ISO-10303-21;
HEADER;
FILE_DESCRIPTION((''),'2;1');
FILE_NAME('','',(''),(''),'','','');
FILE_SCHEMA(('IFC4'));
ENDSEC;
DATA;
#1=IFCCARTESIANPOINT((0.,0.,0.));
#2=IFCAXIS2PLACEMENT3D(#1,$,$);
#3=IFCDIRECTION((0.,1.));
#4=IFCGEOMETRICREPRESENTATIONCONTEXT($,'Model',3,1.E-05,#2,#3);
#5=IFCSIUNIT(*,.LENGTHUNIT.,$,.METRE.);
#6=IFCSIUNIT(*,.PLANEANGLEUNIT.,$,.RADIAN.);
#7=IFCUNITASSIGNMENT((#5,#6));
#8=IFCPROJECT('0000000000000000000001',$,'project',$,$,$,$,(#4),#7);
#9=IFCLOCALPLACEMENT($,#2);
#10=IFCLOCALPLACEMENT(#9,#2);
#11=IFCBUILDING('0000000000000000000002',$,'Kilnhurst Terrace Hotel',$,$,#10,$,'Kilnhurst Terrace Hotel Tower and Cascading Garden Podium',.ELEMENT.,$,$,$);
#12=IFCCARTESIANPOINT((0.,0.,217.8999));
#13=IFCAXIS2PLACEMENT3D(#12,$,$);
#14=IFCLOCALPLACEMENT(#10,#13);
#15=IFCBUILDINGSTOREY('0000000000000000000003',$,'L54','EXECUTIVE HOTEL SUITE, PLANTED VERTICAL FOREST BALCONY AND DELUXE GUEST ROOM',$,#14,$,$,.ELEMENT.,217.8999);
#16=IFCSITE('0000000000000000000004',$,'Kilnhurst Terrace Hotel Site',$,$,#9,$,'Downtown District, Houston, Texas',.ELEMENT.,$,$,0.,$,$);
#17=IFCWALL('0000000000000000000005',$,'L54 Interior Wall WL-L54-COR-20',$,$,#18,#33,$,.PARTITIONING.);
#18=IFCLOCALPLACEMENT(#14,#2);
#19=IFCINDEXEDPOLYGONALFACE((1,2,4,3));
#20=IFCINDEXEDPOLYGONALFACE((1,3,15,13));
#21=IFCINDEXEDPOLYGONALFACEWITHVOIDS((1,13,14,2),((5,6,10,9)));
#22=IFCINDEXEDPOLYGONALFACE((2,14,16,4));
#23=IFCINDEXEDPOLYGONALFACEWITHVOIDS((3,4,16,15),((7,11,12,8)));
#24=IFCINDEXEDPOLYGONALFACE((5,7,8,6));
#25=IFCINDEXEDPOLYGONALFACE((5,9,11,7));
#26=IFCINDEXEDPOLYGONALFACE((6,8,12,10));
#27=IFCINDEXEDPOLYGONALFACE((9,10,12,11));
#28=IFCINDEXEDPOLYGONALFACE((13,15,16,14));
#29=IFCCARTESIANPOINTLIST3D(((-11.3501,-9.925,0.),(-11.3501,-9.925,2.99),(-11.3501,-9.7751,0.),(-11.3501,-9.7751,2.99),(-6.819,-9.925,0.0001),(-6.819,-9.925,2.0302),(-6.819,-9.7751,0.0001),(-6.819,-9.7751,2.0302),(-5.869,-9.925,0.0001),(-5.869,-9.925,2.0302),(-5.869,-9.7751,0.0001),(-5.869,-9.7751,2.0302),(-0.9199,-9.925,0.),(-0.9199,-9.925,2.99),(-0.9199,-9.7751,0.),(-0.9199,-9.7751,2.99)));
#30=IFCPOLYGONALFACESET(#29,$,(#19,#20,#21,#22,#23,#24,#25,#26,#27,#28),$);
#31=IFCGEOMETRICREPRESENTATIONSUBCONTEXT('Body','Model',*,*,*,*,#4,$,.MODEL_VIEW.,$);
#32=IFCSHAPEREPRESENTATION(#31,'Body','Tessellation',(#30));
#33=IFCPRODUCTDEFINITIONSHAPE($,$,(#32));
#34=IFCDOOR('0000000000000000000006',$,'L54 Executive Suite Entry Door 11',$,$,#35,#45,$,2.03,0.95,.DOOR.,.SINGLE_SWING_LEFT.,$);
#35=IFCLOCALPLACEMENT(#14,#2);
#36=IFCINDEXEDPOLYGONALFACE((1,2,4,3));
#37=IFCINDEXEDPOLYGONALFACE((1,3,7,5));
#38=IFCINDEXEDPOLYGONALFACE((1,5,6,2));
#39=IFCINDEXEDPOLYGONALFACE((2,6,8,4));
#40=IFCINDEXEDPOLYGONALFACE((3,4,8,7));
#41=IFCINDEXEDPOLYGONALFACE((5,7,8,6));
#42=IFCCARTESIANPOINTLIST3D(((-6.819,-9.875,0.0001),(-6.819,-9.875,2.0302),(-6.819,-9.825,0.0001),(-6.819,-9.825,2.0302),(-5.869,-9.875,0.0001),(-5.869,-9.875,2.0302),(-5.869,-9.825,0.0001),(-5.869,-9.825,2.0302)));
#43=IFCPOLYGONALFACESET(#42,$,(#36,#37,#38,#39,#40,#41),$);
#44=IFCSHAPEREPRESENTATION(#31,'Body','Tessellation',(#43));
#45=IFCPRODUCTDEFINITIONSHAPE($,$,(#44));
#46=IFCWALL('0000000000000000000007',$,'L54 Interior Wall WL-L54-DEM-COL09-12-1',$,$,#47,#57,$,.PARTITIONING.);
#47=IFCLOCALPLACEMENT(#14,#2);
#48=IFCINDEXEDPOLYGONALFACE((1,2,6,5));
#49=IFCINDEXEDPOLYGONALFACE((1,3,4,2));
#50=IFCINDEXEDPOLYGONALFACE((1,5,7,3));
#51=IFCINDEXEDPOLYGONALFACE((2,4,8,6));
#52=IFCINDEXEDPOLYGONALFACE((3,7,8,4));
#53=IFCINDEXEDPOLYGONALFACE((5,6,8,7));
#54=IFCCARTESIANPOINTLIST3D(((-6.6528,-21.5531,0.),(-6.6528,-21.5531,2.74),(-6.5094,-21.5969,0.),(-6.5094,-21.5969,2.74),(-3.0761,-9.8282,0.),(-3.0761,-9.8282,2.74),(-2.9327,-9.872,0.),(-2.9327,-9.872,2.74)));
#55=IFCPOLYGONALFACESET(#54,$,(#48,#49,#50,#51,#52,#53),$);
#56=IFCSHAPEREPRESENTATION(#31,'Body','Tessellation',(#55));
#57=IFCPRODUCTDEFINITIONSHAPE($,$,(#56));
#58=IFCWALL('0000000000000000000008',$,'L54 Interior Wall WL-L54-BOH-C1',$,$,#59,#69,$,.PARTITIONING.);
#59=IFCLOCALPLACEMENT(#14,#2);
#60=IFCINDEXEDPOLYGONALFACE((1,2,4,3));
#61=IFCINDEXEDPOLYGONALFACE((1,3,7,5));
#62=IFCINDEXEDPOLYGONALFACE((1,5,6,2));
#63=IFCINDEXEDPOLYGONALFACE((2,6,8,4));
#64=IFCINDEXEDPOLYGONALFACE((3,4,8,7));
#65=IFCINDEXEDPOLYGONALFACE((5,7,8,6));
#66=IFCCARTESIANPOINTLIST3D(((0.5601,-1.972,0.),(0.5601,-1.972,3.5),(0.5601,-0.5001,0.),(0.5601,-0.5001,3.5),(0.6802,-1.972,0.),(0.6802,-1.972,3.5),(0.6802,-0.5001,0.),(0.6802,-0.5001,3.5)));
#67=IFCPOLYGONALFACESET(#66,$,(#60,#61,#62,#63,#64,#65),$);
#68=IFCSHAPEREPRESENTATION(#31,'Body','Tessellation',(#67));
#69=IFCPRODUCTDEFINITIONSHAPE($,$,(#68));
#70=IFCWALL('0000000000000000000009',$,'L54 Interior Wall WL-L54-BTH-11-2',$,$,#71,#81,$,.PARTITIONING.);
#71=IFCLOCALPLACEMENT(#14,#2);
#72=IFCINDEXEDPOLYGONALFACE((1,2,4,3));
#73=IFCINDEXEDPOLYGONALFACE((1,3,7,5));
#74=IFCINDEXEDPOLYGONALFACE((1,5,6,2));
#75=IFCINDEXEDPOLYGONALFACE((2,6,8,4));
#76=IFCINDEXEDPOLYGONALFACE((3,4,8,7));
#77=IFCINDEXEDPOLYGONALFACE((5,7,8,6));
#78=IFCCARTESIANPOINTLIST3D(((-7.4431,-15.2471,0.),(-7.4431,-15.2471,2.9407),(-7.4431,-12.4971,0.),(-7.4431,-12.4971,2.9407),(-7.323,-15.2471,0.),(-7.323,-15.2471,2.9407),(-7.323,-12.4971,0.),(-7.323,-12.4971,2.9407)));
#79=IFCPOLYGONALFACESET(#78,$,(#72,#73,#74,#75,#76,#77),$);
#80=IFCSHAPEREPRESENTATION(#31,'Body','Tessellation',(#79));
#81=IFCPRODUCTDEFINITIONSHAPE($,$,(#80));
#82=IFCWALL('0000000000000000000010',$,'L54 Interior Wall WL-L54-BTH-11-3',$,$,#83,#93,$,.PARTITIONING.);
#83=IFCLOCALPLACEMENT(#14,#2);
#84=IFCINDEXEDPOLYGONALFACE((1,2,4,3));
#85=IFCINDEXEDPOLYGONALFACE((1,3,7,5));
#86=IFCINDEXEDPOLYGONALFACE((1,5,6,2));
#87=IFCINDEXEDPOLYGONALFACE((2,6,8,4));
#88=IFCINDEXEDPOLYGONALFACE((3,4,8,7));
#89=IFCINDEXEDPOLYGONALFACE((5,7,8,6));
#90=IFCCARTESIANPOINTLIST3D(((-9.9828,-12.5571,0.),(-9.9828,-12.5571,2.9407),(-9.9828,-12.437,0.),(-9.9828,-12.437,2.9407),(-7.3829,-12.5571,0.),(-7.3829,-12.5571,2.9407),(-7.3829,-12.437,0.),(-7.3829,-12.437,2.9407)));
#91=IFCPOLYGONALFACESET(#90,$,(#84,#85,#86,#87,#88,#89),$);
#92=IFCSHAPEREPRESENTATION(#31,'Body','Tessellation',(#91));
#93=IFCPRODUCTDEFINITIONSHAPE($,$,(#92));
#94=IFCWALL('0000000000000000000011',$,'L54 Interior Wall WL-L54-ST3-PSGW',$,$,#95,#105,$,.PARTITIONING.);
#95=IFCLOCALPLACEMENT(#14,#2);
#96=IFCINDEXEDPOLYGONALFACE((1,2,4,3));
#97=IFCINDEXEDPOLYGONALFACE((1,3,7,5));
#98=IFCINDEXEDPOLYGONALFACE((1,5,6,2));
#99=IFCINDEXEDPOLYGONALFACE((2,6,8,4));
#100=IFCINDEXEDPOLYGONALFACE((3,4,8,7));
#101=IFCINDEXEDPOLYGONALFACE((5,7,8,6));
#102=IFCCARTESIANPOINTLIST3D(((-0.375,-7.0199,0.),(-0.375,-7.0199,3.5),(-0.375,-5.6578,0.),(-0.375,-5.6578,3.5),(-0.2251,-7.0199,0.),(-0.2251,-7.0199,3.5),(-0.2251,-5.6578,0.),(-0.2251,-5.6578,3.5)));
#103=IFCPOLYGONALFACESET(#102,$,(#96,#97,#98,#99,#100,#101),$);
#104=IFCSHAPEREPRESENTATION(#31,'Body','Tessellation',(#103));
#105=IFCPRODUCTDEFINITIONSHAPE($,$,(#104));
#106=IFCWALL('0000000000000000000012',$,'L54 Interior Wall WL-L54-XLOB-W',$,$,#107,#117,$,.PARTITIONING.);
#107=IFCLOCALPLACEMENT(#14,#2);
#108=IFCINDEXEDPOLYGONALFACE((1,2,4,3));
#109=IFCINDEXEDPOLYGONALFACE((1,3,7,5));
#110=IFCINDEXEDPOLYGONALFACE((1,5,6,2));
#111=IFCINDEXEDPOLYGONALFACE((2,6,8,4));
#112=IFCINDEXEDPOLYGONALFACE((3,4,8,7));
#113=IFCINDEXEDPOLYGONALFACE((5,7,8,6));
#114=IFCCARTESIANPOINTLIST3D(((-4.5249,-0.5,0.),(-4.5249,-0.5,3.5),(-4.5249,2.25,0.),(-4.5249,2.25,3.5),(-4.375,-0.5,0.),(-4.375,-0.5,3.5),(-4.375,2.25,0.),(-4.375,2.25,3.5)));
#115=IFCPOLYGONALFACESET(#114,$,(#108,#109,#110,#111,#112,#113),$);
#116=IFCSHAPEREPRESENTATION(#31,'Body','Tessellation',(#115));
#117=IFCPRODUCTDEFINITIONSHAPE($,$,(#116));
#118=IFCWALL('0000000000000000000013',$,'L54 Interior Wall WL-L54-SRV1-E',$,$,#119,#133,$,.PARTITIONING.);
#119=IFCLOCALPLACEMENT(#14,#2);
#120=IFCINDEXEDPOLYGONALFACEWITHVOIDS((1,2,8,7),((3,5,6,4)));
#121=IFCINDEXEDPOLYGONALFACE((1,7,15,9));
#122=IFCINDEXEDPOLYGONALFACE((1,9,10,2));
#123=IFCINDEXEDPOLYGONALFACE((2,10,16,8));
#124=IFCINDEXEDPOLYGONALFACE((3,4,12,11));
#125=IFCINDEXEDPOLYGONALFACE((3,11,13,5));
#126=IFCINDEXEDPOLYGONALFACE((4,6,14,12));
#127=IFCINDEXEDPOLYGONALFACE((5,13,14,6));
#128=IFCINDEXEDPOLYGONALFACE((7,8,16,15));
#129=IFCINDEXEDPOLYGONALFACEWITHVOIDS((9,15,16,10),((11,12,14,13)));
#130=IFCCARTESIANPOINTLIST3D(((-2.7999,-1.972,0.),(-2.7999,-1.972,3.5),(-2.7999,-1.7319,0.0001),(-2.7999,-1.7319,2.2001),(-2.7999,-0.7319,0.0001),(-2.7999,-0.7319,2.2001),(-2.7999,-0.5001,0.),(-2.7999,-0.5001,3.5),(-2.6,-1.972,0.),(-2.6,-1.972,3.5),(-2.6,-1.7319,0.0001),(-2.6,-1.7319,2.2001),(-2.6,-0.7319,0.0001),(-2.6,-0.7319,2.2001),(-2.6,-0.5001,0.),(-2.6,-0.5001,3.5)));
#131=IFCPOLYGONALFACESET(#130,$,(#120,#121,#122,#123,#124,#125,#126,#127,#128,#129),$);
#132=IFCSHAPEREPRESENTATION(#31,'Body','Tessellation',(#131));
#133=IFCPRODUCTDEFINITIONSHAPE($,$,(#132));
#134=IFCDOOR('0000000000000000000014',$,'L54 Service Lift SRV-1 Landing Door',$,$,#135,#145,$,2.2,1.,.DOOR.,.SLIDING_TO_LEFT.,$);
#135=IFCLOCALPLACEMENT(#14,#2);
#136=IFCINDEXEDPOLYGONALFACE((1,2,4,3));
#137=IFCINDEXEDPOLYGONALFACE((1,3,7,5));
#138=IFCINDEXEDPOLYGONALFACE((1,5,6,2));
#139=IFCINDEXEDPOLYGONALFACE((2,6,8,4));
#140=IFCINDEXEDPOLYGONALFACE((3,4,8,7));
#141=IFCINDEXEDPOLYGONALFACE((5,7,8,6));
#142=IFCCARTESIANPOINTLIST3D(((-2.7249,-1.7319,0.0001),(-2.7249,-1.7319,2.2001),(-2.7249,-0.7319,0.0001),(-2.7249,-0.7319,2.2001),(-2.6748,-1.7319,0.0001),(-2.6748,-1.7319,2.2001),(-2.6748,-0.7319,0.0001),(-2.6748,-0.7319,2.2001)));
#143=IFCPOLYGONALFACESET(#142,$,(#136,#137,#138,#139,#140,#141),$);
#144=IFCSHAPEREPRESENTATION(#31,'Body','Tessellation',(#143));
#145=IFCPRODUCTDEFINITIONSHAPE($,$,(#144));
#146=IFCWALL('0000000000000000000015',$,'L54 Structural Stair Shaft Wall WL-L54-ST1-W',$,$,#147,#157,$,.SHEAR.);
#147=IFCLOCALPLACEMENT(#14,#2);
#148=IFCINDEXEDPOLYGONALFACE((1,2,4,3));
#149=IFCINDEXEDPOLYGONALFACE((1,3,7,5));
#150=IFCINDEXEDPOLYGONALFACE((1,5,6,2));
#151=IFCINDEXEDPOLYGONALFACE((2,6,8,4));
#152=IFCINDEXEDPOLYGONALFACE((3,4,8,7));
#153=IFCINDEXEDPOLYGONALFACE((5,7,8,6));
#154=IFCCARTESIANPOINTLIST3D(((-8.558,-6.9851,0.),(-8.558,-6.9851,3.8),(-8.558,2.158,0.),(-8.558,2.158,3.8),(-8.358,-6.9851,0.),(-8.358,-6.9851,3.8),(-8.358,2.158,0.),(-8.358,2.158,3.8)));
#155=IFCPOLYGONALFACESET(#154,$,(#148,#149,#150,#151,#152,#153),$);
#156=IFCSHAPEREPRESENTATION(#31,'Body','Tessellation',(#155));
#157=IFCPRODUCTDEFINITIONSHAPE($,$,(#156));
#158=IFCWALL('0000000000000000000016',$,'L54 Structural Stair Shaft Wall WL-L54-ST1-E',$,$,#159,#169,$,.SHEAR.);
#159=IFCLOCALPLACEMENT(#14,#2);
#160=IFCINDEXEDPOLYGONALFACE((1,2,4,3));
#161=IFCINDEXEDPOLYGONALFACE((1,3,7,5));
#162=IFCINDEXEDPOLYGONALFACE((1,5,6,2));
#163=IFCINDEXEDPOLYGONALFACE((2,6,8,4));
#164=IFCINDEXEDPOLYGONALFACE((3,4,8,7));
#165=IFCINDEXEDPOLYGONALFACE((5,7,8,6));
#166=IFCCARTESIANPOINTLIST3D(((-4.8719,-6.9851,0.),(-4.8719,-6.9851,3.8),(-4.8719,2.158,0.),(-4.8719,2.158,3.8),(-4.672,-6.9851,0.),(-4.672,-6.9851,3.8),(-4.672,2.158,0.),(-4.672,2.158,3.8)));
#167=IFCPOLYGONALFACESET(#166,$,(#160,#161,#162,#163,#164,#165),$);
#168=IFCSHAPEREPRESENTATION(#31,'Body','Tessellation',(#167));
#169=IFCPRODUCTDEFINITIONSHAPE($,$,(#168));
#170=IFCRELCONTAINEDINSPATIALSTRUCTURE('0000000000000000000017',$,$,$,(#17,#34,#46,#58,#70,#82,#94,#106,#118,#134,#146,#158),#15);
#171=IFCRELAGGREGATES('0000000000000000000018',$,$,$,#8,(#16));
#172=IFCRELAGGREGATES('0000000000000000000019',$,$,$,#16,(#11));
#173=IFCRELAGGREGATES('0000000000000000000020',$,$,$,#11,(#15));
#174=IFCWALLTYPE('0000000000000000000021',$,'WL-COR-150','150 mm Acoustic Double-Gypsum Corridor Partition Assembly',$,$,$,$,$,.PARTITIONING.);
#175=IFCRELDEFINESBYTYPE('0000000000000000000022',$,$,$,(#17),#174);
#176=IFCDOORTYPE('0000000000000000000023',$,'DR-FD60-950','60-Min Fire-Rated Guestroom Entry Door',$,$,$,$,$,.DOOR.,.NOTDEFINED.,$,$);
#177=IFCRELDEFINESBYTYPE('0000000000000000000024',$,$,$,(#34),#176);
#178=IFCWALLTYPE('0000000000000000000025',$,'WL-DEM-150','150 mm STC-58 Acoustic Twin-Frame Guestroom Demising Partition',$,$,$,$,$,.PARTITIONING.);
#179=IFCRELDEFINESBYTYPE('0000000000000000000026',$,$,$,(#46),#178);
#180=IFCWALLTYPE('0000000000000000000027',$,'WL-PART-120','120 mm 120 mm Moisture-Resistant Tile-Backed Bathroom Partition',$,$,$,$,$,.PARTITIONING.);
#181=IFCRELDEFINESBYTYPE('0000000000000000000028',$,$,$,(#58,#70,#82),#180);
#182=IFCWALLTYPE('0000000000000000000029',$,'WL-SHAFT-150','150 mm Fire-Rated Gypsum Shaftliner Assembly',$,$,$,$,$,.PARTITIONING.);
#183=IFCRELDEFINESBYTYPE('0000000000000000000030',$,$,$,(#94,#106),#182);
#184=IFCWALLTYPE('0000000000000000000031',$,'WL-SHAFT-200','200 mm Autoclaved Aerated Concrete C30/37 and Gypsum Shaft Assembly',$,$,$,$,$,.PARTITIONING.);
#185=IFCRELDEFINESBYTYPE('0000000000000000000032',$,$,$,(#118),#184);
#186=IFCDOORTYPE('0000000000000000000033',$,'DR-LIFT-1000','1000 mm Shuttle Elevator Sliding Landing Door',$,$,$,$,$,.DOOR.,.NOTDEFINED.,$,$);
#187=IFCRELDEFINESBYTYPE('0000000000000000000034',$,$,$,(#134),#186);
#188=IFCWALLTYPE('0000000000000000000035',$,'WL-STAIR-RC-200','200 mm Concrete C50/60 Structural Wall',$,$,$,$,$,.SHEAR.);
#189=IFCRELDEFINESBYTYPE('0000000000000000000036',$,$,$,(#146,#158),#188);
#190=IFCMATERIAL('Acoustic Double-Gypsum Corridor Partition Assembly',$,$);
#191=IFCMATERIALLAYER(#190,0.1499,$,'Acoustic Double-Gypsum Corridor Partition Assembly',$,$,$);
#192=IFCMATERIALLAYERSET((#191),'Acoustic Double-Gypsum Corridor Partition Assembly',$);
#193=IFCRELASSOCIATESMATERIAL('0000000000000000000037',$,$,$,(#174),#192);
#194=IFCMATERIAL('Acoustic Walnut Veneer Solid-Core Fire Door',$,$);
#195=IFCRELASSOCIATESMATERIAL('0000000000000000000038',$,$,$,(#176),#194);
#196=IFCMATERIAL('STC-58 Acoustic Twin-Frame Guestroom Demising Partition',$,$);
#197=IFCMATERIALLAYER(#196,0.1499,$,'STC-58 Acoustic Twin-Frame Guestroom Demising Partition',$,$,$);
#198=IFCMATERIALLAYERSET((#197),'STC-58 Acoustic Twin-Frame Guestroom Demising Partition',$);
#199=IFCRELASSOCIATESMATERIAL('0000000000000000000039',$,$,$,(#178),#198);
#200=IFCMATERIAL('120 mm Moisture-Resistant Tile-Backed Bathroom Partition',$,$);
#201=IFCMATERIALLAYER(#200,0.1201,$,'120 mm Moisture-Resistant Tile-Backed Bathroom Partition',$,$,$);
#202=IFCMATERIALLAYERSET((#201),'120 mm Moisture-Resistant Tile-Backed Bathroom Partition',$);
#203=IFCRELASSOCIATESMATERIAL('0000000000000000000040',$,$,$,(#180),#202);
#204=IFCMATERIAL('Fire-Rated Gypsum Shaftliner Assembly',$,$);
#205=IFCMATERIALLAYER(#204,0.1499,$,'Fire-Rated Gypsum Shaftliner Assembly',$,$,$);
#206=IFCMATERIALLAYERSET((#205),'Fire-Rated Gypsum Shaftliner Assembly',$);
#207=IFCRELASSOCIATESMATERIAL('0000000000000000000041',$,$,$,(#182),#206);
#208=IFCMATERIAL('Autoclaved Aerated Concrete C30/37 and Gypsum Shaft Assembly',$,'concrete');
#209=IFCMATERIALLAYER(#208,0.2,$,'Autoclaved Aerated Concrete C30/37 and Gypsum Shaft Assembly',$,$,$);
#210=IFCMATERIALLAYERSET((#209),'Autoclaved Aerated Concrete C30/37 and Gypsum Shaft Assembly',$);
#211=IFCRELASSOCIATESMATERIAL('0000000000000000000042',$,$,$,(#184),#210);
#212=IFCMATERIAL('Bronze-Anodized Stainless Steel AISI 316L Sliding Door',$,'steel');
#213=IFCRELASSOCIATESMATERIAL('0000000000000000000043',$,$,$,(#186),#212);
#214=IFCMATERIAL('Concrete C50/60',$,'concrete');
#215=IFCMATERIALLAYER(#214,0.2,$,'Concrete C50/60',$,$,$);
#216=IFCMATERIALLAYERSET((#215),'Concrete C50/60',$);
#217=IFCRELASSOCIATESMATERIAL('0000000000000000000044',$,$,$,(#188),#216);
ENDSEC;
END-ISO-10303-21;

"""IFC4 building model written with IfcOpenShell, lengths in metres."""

from ifc_helpers import new_model, si_unit, direction, frame, frame_2d, origin, place, context, subcontext, project, spatial, rectangle, extrude, material, layer, layer_set, type_object, element, fill, save


model = new_model("IFC4")

# Units and contexts
model_context = context("Model", 3, precision=1e-05, world=origin(), true_north=direction((0.0, 1.0)))
body_context = subcontext(model_context, "Body", "Model", "MODEL_VIEW")
ifc_project = project(units=[si_unit("LENGTHUNIT", "METRE"), si_unit("PLANEANGLEUNIT", "RADIAN")], contexts=[model_context])

# Site, building, storey
site_placement = place(None, origin())
site = spatial("IfcSite", under=ifc_project, at=site_placement, Name="Kilnhurst Terrace Hotel Site", LongName="Downtown District, Houston, Texas", CompositionType="ELEMENT", RefElevation=0.0)
building_placement = place(site_placement, origin())
building = spatial("IfcBuilding", under=site, at=building_placement, Name="Kilnhurst Terrace Hotel", LongName="Kilnhurst Terrace Hotel Tower and Cascading Garden Podium", CompositionType="ELEMENT")
storey_placement = place(building_placement, frame((0.0, 0.0, 217.8999)))
storey = spatial("IfcBuildingStorey", under=building, at=storey_placement, Name="L54", Description="EXECUTIVE HOTEL SUITE, PLANTED VERTICAL FOREST BALCONY AND DELUXE GUEST ROOM", CompositionType="ELEMENT", Elevation=217.8999)

# Shared definitions
ifc_material_1 = material(Name="Concrete C50/60", Category="concrete")

# Shared definitions
ifc_material_2 = material(Name="Acoustic Double-Gypsum Corridor Partition Assembly")
ifc_layer_1 = layer(ifc_material_2, 0.1499, Name="Acoustic Double-Gypsum Corridor Partition Assembly")
ifc_layer_set_1 = layer_set([ifc_layer_1], Name="Acoustic Double-Gypsum Corridor Partition Assembly")
wall_type_1 = type_object("IfcWallType", Name="WL-COR-150", Description="150 mm Acoustic Double-Gypsum Corridor Partition Assembly", PredefinedType="PARTITIONING", material=ifc_layer_set_1)

# Wall, opening, door
wall_1_placement = place(storey_placement, frame((-0.9199, -9.8501, 0.0), z_axis=(0.0, 0.0, 1.0), x_axis=(-1.0, 0.0, 0.0)))
wall_1 = element("IfcWall", 1, at=wall_1_placement, inside=storey, type_object=wall_type_1, Name="L54 Interior Wall WL-L54-COR-20", PredefinedType="PARTITIONING", context=body_context, shape_type="SweptSolid", body=[
    extrude(rectangle(XDim=10.4302, YDim=0.1499, at=frame_2d((5.2151, 0.0))), origin(), (0.0, 0.0, 1.0), 2.99),
])
opening_1_placement = place(wall_1_placement, frame((4.949, 0.0, 0.0)))
opening_1 = element("IfcOpeningElement", 2, at=opening_1_placement, cuts=wall_1, PredefinedType="OPENING", context=body_context, shape_type="SweptSolid", body=[
    extrude(rectangle(XDim=0.95, YDim=2.03, at=frame_2d((0.4751, 1.0151))), frame((0.0, 0.085, 0.0), z_axis=(0.0, -1.0, 0.0), x_axis=(1.0, 0.0, 0.0)), (0.0, 0.0, 1.0), 0.1699),
])
ifc_material_3 = material(Name="Acoustic Walnut Veneer Solid-Core Fire Door")
door_type_1 = type_object("IfcDoorType", Name="DR-FD60-950", Description="60-Min Fire-Rated Guestroom Entry Door", OperationType="NOTDEFINED", PredefinedType="DOOR", material=ifc_material_3)
door_1_placement = place(opening_1_placement, origin())
door_1 = element("IfcDoor", 3, at=door_1_placement, inside=storey, type_object=door_type_1, Name="L54 Executive Suite Entry Door 11", OperationType="SINGLE_SWING_LEFT", OverallHeight=2.03, OverallWidth=0.95, PredefinedType="DOOR", context=body_context, shape_type="SweptSolid", body=[
    extrude(rectangle(XDim=0.95, YDim=2.03, at=frame_2d((0.4751, 1.0151))), frame((0.0, 0.0249, 0.0), z_axis=(0.0, -1.0, 0.0), x_axis=(1.0, 0.0, 0.0)), (0.0, 0.0, 1.0), 0.05),
])
fill(opening_1, door_1)

# Walls
ifc_material_4 = material(Name="STC-58 Acoustic Twin-Frame Guestroom Demising Partition")
ifc_layer_2 = layer(ifc_material_4, 0.1499, Name="STC-58 Acoustic Twin-Frame Guestroom Demising Partition")
ifc_layer_set_2 = layer_set([ifc_layer_2], Name="STC-58 Acoustic Twin-Frame Guestroom Demising Partition")
wall_type_2 = type_object("IfcWallType", Name="WL-DEM-150", Description="150 mm STC-58 Acoustic Twin-Frame Guestroom Demising Partition", PredefinedType="PARTITIONING", material=ifc_layer_set_2)
wall_2_placement = place(storey_placement, frame((-3.0044, -9.8501, 0.0), z_axis=(0.0, 0.0, 1.0), x_axis=(-0.291776, -0.956487, 0.0)))
element("IfcWall", 4, at=wall_2_placement, inside=storey, type_object=wall_type_2, Name="L54 Interior Wall WL-L54-DEM-COL09-12-1", PredefinedType="PARTITIONING", context=body_context, shape_type="SweptSolid", body=[
    extrude(rectangle(XDim=12.2583, YDim=0.1499, at=frame_2d((6.1292, 0.0))), origin(), (0.0, 0.0, 1.0), 2.74),
])
ifc_material_5 = material(Name="120 mm Moisture-Resistant Tile-Backed Bathroom Partition")
ifc_layer_3 = layer(ifc_material_5, 0.1201, Name="120 mm Moisture-Resistant Tile-Backed Bathroom Partition")
ifc_layer_set_3 = layer_set([ifc_layer_3], Name="120 mm Moisture-Resistant Tile-Backed Bathroom Partition")
wall_type_3 = type_object("IfcWallType", Name="WL-PART-120", Description="120 mm 120 mm Moisture-Resistant Tile-Backed Bathroom Partition", PredefinedType="PARTITIONING", material=ifc_layer_set_3)
wall_3_placement = place(storey_placement, frame((0.6201, -1.9719, 0.0), z_axis=(0.0, 0.0, 1.0), x_axis=(0.0, 1.0, 0.0)))
element("IfcWall", 5, at=wall_3_placement, inside=storey, type_object=wall_type_3, Name="L54 Interior Wall WL-L54-BOH-C1", PredefinedType="PARTITIONING", context=body_context, shape_type="SweptSolid", body=[
    extrude(rectangle(XDim=1.4719, YDim=0.1201, at=frame_2d((0.7358, 0.0))), origin(), (0.0, 0.0, 1.0), 3.5),
])
wall_4_placement = place(storey_placement, frame((-7.3831, -15.2471, 0.0), z_axis=(0.0, 0.0, 1.0), x_axis=(0.0, 1.0, 0.0)))
element("IfcWall", 6, at=wall_4_placement, inside=storey, type_object=wall_type_3, Name="L54 Interior Wall WL-L54-BTH-11-2", PredefinedType="PARTITIONING", context=body_context, shape_type="SweptSolid", body=[
    extrude(rectangle(XDim=2.75, YDim=0.1201, at=frame_2d((1.375, 0.0))), origin(), (0.0, 0.0, 1.0), 2.9407),
])
wall_5_placement = place(storey_placement, frame((-7.3831, -12.4971, 0.0), z_axis=(0.0, 0.0, 1.0), x_axis=(-1.0, 0.0, 0.0)))
element("IfcWall", 7, at=wall_5_placement, inside=storey, type_object=wall_type_3, Name="L54 Interior Wall WL-L54-BTH-11-3", PredefinedType="PARTITIONING", context=body_context, shape_type="SweptSolid", body=[
    extrude(rectangle(XDim=2.5999, YDim=0.1201, at=frame_2d((1.2998, 0.0))), origin(), (0.0, 0.0, 1.0), 2.9407),
])
ifc_material_6 = material(Name="Fire-Rated Gypsum Shaftliner Assembly")
ifc_layer_4 = layer(ifc_material_6, 0.1499, Name="Fire-Rated Gypsum Shaftliner Assembly")
ifc_layer_set_4 = layer_set([ifc_layer_4], Name="Fire-Rated Gypsum Shaftliner Assembly")
wall_type_4 = type_object("IfcWallType", Name="WL-SHAFT-150", Description="150 mm Fire-Rated Gypsum Shaftliner Assembly", PredefinedType="PARTITIONING", material=ifc_layer_set_4)
wall_6_placement = place(storey_placement, frame((-0.3, -7.02, 0.0), z_axis=(0.0, 0.0, 1.0), x_axis=(0.0, 1.0, 0.0)))
element("IfcWall", 8, at=wall_6_placement, inside=storey, type_object=wall_type_4, Name="L54 Interior Wall WL-L54-ST3-PSGW", PredefinedType="PARTITIONING", context=body_context, shape_type="SweptSolid", body=[
    extrude(rectangle(XDim=1.3621, YDim=0.1499, at=frame_2d((0.6812, 0.0))), origin(), (0.0, 0.0, 1.0), 3.5),
])
wall_7_placement = place(storey_placement, frame((-4.45, -0.5, 0.0), z_axis=(0.0, 0.0, 1.0), x_axis=(0.0, 1.0, 0.0)))
element("IfcWall", 9, at=wall_7_placement, inside=storey, type_object=wall_type_4, Name="L54 Interior Wall WL-L54-XLOB-W", PredefinedType="PARTITIONING", context=body_context, shape_type="SweptSolid", body=[
    extrude(rectangle(XDim=2.75, YDim=0.1499, at=frame_2d((1.375, 0.0))), origin(), (0.0, 0.0, 1.0), 3.5),
])

# Wall, opening, door
ifc_material_7 = material(Name="Autoclaved Aerated Concrete C30/37 and Gypsum Shaft Assembly", Category="concrete")
ifc_layer_5 = layer(ifc_material_7, 0.2, Name="Autoclaved Aerated Concrete C30/37 and Gypsum Shaft Assembly")
ifc_layer_set_5 = layer_set([ifc_layer_5], Name="Autoclaved Aerated Concrete C30/37 and Gypsum Shaft Assembly")
wall_type_5 = type_object("IfcWallType", Name="WL-SHAFT-200", Description="200 mm Autoclaved Aerated Concrete C30/37 and Gypsum Shaft Assembly", PredefinedType="PARTITIONING", material=ifc_layer_set_5)
wall_8_placement = place(storey_placement, frame((-2.7, -1.9719, 0.0), z_axis=(0.0, 0.0, 1.0), x_axis=(0.0, 1.0, 0.0)))
wall_8 = element("IfcWall", 10, at=wall_8_placement, inside=storey, type_object=wall_type_5, Name="L54 Interior Wall WL-L54-SRV1-E", PredefinedType="PARTITIONING", context=body_context, shape_type="SweptSolid", body=[
    extrude(rectangle(XDim=1.4719, YDim=0.2, at=frame_2d((0.7358, 0.0))), origin(), (0.0, 0.0, 1.0), 3.5),
])
opening_2_placement = place(wall_8_placement, frame((0.24, 0.0, 0.0)))
opening_2 = element("IfcOpeningElement", 11, at=opening_2_placement, cuts=wall_8, PredefinedType="OPENING", context=body_context, shape_type="SweptSolid", body=[
    extrude(rectangle(XDim=1.0, YDim=2.2, at=frame_2d((0.5, 1.1001))), frame((0.0, 0.1099, 0.0), z_axis=(0.0, -1.0, 0.0), x_axis=(1.0, 0.0, 0.0)), (0.0, 0.0, 1.0), 0.22),
])
ifc_material_8 = material(Name="Bronze-Anodized Stainless Steel AISI 316L Sliding Door", Category="steel")
door_type_2 = type_object("IfcDoorType", Name="DR-LIFT-1000", Description="1000 mm Shuttle Elevator Sliding Landing Door", OperationType="NOTDEFINED", PredefinedType="DOOR", material=ifc_material_8)
door_2_placement = place(opening_2_placement, origin())
door_2 = element("IfcDoor", 12, at=door_2_placement, inside=storey, type_object=door_type_2, Name="L54 Service Lift SRV-1 Landing Door", OperationType="SLIDING_TO_LEFT", OverallHeight=2.2, OverallWidth=1.0, PredefinedType="DOOR", context=body_context, shape_type="SweptSolid", body=[
    extrude(rectangle(XDim=1.0, YDim=2.2, at=frame_2d((0.5, 1.1001))), frame((0.0, 0.0249, 0.0), z_axis=(0.0, -1.0, 0.0), x_axis=(1.0, 0.0, 0.0)), (0.0, 0.0, 1.0), 0.05),
])
fill(opening_2, door_2)

# Walls
ifc_layer_6 = layer(ifc_material_1, 0.2, Name="Concrete C50/60")
ifc_layer_set_6 = layer_set([ifc_layer_6], Name="Concrete C50/60")
wall_type_6 = type_object("IfcWallType", Name="WL-STAIR-RC-200", Description="200 mm Concrete C50/60 Structural Wall", PredefinedType="SHEAR", material=ifc_layer_set_6)
for number, where, z_axis, x_axis, name in (
    (13, (-8.458, -6.9851, 0.0), (0.0, 0.0, 1.0), (0.0, 1.0, 0.0), "L54 Structural Stair Shaft Wall WL-L54-ST1-W"),
    (14, (-4.772, -6.9851, 0.0), (0.0, 0.0, 1.0), (0.0, 1.0, 0.0), "L54 Structural Stair Shaft Wall WL-L54-ST1-E"),
):
    element("IfcWall", number, at=place(storey_placement, frame(where, z_axis=z_axis, x_axis=x_axis)), inside=storey, type_object=wall_type_6, Name=name, PredefinedType="SHEAR", context=body_context, shape_type="SweptSolid", body=[
        extrude(rectangle(XDim=9.1431, YDim=0.2, at=frame_2d((4.5715, 0.0))), origin(), (0.0, 0.0, 1.0), 3.8),
    ])

save(model, "model.ifc")
